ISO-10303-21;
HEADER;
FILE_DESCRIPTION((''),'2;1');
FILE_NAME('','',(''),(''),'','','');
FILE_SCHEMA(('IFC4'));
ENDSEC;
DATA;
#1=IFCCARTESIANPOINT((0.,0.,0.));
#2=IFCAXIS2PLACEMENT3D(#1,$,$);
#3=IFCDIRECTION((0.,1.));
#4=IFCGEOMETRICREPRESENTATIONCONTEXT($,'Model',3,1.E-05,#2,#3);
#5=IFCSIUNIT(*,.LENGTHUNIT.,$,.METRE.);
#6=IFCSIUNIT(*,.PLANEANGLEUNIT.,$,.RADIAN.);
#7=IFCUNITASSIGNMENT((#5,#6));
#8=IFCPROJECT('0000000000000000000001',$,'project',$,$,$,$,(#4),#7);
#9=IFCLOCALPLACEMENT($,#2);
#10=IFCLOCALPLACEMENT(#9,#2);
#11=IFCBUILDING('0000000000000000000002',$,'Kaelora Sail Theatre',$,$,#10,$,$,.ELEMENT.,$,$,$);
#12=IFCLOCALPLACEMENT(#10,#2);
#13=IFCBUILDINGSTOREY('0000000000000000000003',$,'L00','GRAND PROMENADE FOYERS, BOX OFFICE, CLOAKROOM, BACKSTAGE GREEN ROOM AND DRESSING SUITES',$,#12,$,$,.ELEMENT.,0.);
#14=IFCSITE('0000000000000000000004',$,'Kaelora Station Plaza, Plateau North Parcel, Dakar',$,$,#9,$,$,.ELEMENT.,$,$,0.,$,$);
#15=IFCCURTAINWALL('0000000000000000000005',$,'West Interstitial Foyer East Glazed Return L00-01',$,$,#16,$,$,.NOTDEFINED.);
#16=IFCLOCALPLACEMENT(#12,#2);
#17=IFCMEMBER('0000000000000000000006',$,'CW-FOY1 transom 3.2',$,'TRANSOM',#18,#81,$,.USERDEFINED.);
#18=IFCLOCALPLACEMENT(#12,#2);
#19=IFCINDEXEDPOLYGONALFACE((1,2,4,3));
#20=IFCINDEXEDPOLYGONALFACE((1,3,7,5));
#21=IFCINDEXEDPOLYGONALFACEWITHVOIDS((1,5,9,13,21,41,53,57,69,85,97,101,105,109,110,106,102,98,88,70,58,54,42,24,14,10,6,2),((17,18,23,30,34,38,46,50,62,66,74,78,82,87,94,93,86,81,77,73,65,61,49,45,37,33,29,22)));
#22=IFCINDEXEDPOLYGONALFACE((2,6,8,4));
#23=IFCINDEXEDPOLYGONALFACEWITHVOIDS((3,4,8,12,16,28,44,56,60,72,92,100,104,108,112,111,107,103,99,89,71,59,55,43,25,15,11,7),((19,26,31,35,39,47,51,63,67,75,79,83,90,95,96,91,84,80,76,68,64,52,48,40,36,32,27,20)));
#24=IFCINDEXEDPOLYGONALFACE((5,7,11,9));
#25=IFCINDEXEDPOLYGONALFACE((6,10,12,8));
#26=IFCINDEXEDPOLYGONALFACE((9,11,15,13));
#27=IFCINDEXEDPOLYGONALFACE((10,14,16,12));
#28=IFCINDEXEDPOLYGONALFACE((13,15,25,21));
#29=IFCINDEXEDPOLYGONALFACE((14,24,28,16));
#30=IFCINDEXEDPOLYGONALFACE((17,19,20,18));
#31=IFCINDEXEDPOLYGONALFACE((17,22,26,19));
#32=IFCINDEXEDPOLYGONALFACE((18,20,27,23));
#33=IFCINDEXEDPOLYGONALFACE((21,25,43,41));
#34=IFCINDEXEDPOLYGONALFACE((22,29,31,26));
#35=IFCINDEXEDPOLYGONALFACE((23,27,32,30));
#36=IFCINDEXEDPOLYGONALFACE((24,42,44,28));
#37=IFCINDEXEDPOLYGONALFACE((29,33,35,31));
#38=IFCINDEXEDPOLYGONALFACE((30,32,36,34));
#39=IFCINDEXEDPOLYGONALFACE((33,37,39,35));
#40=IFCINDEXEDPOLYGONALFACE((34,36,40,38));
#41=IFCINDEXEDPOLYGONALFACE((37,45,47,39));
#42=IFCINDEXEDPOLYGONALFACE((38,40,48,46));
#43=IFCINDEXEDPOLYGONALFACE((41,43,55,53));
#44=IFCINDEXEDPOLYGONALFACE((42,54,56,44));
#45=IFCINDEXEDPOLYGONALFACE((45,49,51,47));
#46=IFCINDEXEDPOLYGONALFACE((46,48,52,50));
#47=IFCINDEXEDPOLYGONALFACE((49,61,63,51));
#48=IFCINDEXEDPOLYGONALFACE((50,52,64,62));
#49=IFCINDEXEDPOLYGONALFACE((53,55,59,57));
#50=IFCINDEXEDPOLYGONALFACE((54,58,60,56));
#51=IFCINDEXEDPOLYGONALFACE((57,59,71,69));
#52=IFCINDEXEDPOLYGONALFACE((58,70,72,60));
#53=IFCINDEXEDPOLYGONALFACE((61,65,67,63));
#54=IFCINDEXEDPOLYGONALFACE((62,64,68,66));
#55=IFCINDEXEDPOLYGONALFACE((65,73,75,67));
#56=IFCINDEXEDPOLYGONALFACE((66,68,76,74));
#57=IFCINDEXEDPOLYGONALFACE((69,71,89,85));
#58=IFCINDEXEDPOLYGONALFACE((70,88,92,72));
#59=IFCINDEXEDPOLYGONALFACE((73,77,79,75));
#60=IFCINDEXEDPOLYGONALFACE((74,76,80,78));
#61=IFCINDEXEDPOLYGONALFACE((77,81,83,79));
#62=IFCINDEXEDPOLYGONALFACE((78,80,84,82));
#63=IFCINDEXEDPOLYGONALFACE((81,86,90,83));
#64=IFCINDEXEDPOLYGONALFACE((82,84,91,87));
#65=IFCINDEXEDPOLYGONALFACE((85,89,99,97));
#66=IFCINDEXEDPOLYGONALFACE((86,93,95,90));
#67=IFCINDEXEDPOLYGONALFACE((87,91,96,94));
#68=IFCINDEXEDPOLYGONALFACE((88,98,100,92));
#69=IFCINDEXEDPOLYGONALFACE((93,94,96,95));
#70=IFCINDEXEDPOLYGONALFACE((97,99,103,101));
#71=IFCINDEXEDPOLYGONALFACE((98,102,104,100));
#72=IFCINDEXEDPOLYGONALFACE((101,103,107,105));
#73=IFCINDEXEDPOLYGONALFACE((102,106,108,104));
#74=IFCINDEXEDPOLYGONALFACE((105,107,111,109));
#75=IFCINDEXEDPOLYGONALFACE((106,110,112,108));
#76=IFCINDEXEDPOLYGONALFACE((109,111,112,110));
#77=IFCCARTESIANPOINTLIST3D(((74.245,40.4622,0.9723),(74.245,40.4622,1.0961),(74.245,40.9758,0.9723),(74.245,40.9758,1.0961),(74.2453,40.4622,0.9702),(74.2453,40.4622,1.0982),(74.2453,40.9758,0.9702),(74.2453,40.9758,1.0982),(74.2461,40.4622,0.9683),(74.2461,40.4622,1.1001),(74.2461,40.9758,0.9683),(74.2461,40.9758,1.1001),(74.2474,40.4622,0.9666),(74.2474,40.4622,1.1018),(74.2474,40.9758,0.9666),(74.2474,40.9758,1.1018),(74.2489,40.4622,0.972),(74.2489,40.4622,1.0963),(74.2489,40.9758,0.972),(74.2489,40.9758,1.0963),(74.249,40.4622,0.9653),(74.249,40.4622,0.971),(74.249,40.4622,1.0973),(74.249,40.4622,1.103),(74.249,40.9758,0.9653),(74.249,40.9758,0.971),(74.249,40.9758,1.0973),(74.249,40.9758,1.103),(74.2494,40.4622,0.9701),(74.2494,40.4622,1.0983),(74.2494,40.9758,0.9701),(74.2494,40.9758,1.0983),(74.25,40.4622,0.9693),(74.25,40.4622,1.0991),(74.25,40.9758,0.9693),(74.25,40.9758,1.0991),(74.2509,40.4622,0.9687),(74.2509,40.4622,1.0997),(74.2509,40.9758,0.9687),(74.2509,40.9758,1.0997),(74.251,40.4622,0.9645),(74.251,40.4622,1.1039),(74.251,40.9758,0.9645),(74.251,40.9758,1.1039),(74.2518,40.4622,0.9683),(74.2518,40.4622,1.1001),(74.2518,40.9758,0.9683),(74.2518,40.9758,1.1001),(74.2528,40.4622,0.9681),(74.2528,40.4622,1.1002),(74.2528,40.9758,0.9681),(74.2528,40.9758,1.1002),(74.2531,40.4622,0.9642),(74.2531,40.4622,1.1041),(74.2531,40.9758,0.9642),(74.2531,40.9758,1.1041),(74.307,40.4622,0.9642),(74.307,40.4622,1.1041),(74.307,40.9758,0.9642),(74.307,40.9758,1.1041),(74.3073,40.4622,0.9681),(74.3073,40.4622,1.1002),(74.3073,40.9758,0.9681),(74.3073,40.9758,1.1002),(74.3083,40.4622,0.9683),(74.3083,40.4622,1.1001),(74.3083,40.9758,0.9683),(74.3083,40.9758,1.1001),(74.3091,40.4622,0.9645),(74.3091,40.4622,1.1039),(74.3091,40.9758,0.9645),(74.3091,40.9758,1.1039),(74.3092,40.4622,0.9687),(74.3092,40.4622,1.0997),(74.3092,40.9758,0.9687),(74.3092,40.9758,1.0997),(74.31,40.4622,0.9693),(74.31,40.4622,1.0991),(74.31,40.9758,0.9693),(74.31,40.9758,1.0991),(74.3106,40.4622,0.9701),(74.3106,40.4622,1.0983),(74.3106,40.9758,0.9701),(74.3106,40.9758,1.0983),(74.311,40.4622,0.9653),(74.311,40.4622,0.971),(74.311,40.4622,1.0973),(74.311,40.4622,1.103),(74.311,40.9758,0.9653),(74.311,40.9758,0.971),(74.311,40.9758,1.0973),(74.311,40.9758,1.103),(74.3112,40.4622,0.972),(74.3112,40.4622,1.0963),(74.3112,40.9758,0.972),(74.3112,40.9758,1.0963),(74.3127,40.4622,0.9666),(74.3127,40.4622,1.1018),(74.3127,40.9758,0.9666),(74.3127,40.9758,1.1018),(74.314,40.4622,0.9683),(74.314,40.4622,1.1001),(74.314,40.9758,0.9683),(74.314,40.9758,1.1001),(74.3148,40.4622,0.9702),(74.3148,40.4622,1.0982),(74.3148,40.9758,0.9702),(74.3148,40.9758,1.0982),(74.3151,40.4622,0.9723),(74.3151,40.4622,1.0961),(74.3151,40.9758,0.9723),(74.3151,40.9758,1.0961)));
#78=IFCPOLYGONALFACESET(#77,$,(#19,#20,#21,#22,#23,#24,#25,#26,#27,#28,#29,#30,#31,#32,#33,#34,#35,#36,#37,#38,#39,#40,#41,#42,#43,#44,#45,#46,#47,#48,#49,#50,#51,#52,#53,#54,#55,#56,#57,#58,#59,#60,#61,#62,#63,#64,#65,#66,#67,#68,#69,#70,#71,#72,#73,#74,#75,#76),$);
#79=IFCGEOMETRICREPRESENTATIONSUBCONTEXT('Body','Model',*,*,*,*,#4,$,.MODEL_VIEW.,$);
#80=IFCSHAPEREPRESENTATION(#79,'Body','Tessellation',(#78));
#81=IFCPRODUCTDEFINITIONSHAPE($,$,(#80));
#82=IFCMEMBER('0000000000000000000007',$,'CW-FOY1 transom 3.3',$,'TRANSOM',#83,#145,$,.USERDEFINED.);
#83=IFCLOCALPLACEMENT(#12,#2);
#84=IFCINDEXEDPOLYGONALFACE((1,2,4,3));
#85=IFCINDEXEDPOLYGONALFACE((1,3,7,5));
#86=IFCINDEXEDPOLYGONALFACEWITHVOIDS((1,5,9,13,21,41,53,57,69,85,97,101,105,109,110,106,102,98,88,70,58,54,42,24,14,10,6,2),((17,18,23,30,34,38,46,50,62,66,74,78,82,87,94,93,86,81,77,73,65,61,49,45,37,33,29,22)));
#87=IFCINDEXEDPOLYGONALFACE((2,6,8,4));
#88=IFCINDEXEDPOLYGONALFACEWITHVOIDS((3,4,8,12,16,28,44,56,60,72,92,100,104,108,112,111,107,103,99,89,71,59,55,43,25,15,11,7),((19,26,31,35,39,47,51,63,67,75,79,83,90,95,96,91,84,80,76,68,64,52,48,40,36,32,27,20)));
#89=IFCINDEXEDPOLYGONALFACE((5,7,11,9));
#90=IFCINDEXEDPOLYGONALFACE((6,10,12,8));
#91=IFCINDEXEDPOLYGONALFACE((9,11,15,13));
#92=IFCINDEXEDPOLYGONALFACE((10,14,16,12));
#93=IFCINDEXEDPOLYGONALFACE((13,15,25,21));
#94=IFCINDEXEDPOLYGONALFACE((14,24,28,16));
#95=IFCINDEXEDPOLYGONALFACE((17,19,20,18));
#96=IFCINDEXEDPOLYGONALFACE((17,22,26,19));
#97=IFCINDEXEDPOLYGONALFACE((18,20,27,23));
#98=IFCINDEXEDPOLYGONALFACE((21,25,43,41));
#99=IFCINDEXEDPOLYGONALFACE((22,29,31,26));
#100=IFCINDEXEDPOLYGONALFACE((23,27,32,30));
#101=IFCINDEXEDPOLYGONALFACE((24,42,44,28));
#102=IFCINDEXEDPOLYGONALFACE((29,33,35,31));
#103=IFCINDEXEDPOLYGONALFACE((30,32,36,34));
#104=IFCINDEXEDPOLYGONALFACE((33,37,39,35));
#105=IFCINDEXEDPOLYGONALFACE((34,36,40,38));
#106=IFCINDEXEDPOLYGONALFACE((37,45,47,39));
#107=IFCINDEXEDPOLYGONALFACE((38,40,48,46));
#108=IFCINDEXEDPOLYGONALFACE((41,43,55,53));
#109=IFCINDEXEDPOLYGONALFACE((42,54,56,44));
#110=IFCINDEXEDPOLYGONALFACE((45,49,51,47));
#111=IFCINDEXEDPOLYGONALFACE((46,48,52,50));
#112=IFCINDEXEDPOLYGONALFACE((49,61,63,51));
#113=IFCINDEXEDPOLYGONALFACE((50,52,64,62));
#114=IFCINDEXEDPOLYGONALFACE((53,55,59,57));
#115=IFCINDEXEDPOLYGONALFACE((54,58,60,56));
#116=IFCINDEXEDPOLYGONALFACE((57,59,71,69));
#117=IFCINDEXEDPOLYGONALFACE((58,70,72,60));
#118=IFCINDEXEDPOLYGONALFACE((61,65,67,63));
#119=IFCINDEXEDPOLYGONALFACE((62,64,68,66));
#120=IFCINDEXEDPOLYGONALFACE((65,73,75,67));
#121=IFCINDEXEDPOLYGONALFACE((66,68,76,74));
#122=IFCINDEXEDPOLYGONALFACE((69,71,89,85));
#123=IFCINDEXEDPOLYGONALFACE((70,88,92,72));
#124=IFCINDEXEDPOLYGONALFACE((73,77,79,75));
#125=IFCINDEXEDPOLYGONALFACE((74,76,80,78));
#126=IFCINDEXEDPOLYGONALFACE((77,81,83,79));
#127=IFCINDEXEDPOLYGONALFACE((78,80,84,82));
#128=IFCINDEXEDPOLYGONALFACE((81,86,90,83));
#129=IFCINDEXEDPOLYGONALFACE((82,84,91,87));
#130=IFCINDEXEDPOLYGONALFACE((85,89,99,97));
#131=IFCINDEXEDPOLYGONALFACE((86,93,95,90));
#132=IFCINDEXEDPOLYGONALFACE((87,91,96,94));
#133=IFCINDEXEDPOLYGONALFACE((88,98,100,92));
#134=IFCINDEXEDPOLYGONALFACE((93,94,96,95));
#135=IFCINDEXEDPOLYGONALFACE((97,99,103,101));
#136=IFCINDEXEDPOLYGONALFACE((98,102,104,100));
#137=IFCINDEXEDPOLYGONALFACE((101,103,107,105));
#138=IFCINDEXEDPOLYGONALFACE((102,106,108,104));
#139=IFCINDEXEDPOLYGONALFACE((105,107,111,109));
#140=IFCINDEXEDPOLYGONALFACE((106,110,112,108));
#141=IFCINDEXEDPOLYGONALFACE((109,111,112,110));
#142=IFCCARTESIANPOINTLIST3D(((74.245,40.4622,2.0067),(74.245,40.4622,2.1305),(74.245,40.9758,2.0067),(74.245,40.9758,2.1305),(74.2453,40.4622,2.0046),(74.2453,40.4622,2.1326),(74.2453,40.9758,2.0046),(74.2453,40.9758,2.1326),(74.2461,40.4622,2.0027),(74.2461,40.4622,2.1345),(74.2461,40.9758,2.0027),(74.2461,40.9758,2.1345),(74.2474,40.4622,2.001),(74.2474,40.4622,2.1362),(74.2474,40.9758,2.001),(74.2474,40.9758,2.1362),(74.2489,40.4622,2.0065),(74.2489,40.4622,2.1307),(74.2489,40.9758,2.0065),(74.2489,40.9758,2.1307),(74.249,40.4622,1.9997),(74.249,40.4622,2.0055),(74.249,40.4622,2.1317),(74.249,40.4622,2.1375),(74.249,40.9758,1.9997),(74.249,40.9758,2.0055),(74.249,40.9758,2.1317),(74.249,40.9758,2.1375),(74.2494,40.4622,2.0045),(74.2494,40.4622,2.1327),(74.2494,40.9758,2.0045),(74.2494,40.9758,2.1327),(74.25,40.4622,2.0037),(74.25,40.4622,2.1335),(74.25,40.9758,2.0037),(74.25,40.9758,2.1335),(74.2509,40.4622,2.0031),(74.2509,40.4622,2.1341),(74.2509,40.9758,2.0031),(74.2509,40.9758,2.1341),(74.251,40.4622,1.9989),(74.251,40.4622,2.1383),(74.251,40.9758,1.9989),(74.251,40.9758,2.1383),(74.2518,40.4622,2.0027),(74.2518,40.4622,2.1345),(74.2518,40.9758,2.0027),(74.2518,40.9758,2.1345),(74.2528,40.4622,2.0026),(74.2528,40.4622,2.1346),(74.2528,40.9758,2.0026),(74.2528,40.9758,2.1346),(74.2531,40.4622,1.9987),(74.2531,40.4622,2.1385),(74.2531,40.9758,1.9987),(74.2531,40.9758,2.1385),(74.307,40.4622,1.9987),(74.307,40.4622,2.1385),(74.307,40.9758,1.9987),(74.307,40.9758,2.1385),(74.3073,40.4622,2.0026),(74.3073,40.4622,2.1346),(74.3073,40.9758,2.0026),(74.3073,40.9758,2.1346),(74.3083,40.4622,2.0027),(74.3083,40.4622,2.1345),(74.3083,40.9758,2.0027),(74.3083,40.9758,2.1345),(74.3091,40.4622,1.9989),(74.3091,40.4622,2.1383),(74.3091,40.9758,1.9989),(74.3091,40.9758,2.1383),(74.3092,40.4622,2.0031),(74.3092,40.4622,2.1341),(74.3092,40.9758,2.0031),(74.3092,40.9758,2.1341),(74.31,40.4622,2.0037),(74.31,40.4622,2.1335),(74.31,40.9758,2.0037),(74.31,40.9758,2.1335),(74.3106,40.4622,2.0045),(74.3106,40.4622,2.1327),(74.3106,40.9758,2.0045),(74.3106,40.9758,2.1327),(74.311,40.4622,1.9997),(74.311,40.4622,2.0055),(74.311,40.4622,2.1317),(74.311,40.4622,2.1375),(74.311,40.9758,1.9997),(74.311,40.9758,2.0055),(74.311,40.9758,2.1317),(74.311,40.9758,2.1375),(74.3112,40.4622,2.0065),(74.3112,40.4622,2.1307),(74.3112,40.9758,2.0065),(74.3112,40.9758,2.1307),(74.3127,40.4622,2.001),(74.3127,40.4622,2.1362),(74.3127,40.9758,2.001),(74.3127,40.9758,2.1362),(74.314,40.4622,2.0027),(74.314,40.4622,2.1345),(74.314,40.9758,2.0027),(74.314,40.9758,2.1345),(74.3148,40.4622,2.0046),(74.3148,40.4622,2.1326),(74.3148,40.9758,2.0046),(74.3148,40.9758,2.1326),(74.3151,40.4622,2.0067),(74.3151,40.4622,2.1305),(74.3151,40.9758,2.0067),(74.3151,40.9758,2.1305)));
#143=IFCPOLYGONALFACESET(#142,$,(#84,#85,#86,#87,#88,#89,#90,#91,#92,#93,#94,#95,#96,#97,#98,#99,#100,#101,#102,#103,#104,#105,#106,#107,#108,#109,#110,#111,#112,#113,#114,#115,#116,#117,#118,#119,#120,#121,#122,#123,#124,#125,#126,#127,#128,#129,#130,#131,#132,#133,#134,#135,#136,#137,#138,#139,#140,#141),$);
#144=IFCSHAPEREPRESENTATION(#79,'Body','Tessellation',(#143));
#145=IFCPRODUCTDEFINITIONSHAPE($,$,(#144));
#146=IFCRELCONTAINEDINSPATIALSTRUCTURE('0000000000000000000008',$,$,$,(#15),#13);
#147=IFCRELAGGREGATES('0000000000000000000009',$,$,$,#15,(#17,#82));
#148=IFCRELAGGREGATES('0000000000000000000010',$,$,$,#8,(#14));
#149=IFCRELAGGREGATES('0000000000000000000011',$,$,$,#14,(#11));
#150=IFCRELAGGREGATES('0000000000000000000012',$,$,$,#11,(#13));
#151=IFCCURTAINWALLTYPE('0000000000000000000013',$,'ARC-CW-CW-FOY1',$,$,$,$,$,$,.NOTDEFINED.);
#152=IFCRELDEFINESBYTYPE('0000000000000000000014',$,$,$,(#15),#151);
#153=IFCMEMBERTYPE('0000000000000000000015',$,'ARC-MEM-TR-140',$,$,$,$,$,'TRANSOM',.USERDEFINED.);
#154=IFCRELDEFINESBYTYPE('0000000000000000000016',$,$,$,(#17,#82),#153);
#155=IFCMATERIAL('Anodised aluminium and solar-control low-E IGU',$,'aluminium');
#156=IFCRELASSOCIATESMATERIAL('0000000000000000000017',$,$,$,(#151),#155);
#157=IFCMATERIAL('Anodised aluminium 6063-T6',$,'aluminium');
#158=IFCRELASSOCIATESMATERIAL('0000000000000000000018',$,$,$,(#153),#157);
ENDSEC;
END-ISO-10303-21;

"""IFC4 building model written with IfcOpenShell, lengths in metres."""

from ifc_helpers import new_model, si_unit, direction, frame, origin, origin_2d, place, context, subcontext, project, spatial, hollow_rectangle, extrude, material, material_profile, profile_set, type_object, element, aggregate, save


model = new_model("IFC4")

# Units and contexts
model_context = context("Model", 3, precision=1e-05, world=origin(), true_north=direction((0.0, 1.0)))
body_context = subcontext(model_context, "Body", "Model", "MODEL_VIEW")
ifc_project = project(units=[si_unit("LENGTHUNIT", "METRE"), si_unit("PLANEANGLEUNIT", "RADIAN")], contexts=[model_context])

# Site, building, storey
site_placement = place(None, origin())
site = spatial("IfcSite", under=ifc_project, at=site_placement, Name="Kaelora Station Plaza, Plateau North Parcel, Dakar", CompositionType="ELEMENT", RefElevation=0.0)
building_placement = place(site_placement, origin())
building = spatial("IfcBuilding", under=site, at=building_placement, Name="Kaelora Sail Theatre", CompositionType="ELEMENT")
storey_placement = place(building_placement, origin())
storey = spatial("IfcBuildingStorey", under=building, at=storey_placement, Name="L00", Description="GRAND PROMENADE FOYERS, BOX OFFICE, CLOAKROOM, BACKSTAGE GREEN ROOM AND DRESSING SUITES", CompositionType="ELEMENT", Elevation=0.0)

# Curtain wall, members
ifc_material_1 = material(Name="Anodised aluminium and solar-control low-E IGU", Category="aluminium")
curtain_wall_type = type_object("IfcCurtainWallType", Name="ARC-CW-CW-FOY1", PredefinedType="NOTDEFINED", material=ifc_material_1)
curtain_wall_placement = place(storey_placement, origin())
curtain_wall = element("IfcCurtainWall", 1, at=curtain_wall_placement, inside=storey, type_object=curtain_wall_type, Name="West Interstitial Foyer East Glazed Return L00-01", PredefinedType="NOTDEFINED")
ifc_material_2 = material(Name="Anodised aluminium 6063-T6", Category="aluminium")
ifc_material_profile_1 = material_profile(ifc_material_2, hollow_rectangle(XDim=0.0701, YDim=0.1399, WallThickness=0.0039, InnerFilletRadius=0.0039, OuterFilletRadius=0.0081, at=origin_2d()), Name="ALU-TRAN 70x140x4")
ifc_profile_set_1 = profile_set([ifc_material_profile_1], Name="Anodised aluminium 6063-T6")
member_type_1 = type_object("IfcMemberType", Name="ARC-MEM-TR-140", ElementType="TRANSOM", PredefinedType="USERDEFINED", material=ifc_profile_set_1)
member_1_placement = place(storey_placement, frame((74.28, 40.4622, 1.0342), z_axis=(0.0, 1.0, 0.0), x_axis=(-1.0, 0.0, 0.0)))
member_1 = element("IfcMember", 2, at=member_1_placement, type_object=member_type_1, Name="CW-FOY1 transom 3.2", ObjectType="TRANSOM", PredefinedType="USERDEFINED", context=body_context, shape_type="SweptSolid", body=[
    extrude(hollow_rectangle(XDim=0.0701, YDim=0.1399, WallThickness=0.0039, InnerFilletRadius=0.0039, OuterFilletRadius=0.0081, at=origin_2d()), origin(), (0.0, 0.0, 1.0), 0.5137),
])
member_2_placement = place(storey_placement, frame((74.28, 40.4622, 2.0686), z_axis=(0.0, 1.0, 0.0), x_axis=(-1.0, 0.0, 0.0)))
member_2 = element("IfcMember", 3, at=member_2_placement, type_object=member_type_1, Name="CW-FOY1 transom 3.3", ObjectType="TRANSOM", PredefinedType="USERDEFINED", context=body_context, shape_type="SweptSolid", body=[
    extrude(hollow_rectangle(XDim=0.0701, YDim=0.1399, WallThickness=0.0039, InnerFilletRadius=0.0039, OuterFilletRadius=0.0081, at=origin_2d()), origin(), (0.0, 0.0, 1.0), 0.5137),
])

aggregate(curtain_wall, [member_1, member_2])

save(model, "model.ifc")
